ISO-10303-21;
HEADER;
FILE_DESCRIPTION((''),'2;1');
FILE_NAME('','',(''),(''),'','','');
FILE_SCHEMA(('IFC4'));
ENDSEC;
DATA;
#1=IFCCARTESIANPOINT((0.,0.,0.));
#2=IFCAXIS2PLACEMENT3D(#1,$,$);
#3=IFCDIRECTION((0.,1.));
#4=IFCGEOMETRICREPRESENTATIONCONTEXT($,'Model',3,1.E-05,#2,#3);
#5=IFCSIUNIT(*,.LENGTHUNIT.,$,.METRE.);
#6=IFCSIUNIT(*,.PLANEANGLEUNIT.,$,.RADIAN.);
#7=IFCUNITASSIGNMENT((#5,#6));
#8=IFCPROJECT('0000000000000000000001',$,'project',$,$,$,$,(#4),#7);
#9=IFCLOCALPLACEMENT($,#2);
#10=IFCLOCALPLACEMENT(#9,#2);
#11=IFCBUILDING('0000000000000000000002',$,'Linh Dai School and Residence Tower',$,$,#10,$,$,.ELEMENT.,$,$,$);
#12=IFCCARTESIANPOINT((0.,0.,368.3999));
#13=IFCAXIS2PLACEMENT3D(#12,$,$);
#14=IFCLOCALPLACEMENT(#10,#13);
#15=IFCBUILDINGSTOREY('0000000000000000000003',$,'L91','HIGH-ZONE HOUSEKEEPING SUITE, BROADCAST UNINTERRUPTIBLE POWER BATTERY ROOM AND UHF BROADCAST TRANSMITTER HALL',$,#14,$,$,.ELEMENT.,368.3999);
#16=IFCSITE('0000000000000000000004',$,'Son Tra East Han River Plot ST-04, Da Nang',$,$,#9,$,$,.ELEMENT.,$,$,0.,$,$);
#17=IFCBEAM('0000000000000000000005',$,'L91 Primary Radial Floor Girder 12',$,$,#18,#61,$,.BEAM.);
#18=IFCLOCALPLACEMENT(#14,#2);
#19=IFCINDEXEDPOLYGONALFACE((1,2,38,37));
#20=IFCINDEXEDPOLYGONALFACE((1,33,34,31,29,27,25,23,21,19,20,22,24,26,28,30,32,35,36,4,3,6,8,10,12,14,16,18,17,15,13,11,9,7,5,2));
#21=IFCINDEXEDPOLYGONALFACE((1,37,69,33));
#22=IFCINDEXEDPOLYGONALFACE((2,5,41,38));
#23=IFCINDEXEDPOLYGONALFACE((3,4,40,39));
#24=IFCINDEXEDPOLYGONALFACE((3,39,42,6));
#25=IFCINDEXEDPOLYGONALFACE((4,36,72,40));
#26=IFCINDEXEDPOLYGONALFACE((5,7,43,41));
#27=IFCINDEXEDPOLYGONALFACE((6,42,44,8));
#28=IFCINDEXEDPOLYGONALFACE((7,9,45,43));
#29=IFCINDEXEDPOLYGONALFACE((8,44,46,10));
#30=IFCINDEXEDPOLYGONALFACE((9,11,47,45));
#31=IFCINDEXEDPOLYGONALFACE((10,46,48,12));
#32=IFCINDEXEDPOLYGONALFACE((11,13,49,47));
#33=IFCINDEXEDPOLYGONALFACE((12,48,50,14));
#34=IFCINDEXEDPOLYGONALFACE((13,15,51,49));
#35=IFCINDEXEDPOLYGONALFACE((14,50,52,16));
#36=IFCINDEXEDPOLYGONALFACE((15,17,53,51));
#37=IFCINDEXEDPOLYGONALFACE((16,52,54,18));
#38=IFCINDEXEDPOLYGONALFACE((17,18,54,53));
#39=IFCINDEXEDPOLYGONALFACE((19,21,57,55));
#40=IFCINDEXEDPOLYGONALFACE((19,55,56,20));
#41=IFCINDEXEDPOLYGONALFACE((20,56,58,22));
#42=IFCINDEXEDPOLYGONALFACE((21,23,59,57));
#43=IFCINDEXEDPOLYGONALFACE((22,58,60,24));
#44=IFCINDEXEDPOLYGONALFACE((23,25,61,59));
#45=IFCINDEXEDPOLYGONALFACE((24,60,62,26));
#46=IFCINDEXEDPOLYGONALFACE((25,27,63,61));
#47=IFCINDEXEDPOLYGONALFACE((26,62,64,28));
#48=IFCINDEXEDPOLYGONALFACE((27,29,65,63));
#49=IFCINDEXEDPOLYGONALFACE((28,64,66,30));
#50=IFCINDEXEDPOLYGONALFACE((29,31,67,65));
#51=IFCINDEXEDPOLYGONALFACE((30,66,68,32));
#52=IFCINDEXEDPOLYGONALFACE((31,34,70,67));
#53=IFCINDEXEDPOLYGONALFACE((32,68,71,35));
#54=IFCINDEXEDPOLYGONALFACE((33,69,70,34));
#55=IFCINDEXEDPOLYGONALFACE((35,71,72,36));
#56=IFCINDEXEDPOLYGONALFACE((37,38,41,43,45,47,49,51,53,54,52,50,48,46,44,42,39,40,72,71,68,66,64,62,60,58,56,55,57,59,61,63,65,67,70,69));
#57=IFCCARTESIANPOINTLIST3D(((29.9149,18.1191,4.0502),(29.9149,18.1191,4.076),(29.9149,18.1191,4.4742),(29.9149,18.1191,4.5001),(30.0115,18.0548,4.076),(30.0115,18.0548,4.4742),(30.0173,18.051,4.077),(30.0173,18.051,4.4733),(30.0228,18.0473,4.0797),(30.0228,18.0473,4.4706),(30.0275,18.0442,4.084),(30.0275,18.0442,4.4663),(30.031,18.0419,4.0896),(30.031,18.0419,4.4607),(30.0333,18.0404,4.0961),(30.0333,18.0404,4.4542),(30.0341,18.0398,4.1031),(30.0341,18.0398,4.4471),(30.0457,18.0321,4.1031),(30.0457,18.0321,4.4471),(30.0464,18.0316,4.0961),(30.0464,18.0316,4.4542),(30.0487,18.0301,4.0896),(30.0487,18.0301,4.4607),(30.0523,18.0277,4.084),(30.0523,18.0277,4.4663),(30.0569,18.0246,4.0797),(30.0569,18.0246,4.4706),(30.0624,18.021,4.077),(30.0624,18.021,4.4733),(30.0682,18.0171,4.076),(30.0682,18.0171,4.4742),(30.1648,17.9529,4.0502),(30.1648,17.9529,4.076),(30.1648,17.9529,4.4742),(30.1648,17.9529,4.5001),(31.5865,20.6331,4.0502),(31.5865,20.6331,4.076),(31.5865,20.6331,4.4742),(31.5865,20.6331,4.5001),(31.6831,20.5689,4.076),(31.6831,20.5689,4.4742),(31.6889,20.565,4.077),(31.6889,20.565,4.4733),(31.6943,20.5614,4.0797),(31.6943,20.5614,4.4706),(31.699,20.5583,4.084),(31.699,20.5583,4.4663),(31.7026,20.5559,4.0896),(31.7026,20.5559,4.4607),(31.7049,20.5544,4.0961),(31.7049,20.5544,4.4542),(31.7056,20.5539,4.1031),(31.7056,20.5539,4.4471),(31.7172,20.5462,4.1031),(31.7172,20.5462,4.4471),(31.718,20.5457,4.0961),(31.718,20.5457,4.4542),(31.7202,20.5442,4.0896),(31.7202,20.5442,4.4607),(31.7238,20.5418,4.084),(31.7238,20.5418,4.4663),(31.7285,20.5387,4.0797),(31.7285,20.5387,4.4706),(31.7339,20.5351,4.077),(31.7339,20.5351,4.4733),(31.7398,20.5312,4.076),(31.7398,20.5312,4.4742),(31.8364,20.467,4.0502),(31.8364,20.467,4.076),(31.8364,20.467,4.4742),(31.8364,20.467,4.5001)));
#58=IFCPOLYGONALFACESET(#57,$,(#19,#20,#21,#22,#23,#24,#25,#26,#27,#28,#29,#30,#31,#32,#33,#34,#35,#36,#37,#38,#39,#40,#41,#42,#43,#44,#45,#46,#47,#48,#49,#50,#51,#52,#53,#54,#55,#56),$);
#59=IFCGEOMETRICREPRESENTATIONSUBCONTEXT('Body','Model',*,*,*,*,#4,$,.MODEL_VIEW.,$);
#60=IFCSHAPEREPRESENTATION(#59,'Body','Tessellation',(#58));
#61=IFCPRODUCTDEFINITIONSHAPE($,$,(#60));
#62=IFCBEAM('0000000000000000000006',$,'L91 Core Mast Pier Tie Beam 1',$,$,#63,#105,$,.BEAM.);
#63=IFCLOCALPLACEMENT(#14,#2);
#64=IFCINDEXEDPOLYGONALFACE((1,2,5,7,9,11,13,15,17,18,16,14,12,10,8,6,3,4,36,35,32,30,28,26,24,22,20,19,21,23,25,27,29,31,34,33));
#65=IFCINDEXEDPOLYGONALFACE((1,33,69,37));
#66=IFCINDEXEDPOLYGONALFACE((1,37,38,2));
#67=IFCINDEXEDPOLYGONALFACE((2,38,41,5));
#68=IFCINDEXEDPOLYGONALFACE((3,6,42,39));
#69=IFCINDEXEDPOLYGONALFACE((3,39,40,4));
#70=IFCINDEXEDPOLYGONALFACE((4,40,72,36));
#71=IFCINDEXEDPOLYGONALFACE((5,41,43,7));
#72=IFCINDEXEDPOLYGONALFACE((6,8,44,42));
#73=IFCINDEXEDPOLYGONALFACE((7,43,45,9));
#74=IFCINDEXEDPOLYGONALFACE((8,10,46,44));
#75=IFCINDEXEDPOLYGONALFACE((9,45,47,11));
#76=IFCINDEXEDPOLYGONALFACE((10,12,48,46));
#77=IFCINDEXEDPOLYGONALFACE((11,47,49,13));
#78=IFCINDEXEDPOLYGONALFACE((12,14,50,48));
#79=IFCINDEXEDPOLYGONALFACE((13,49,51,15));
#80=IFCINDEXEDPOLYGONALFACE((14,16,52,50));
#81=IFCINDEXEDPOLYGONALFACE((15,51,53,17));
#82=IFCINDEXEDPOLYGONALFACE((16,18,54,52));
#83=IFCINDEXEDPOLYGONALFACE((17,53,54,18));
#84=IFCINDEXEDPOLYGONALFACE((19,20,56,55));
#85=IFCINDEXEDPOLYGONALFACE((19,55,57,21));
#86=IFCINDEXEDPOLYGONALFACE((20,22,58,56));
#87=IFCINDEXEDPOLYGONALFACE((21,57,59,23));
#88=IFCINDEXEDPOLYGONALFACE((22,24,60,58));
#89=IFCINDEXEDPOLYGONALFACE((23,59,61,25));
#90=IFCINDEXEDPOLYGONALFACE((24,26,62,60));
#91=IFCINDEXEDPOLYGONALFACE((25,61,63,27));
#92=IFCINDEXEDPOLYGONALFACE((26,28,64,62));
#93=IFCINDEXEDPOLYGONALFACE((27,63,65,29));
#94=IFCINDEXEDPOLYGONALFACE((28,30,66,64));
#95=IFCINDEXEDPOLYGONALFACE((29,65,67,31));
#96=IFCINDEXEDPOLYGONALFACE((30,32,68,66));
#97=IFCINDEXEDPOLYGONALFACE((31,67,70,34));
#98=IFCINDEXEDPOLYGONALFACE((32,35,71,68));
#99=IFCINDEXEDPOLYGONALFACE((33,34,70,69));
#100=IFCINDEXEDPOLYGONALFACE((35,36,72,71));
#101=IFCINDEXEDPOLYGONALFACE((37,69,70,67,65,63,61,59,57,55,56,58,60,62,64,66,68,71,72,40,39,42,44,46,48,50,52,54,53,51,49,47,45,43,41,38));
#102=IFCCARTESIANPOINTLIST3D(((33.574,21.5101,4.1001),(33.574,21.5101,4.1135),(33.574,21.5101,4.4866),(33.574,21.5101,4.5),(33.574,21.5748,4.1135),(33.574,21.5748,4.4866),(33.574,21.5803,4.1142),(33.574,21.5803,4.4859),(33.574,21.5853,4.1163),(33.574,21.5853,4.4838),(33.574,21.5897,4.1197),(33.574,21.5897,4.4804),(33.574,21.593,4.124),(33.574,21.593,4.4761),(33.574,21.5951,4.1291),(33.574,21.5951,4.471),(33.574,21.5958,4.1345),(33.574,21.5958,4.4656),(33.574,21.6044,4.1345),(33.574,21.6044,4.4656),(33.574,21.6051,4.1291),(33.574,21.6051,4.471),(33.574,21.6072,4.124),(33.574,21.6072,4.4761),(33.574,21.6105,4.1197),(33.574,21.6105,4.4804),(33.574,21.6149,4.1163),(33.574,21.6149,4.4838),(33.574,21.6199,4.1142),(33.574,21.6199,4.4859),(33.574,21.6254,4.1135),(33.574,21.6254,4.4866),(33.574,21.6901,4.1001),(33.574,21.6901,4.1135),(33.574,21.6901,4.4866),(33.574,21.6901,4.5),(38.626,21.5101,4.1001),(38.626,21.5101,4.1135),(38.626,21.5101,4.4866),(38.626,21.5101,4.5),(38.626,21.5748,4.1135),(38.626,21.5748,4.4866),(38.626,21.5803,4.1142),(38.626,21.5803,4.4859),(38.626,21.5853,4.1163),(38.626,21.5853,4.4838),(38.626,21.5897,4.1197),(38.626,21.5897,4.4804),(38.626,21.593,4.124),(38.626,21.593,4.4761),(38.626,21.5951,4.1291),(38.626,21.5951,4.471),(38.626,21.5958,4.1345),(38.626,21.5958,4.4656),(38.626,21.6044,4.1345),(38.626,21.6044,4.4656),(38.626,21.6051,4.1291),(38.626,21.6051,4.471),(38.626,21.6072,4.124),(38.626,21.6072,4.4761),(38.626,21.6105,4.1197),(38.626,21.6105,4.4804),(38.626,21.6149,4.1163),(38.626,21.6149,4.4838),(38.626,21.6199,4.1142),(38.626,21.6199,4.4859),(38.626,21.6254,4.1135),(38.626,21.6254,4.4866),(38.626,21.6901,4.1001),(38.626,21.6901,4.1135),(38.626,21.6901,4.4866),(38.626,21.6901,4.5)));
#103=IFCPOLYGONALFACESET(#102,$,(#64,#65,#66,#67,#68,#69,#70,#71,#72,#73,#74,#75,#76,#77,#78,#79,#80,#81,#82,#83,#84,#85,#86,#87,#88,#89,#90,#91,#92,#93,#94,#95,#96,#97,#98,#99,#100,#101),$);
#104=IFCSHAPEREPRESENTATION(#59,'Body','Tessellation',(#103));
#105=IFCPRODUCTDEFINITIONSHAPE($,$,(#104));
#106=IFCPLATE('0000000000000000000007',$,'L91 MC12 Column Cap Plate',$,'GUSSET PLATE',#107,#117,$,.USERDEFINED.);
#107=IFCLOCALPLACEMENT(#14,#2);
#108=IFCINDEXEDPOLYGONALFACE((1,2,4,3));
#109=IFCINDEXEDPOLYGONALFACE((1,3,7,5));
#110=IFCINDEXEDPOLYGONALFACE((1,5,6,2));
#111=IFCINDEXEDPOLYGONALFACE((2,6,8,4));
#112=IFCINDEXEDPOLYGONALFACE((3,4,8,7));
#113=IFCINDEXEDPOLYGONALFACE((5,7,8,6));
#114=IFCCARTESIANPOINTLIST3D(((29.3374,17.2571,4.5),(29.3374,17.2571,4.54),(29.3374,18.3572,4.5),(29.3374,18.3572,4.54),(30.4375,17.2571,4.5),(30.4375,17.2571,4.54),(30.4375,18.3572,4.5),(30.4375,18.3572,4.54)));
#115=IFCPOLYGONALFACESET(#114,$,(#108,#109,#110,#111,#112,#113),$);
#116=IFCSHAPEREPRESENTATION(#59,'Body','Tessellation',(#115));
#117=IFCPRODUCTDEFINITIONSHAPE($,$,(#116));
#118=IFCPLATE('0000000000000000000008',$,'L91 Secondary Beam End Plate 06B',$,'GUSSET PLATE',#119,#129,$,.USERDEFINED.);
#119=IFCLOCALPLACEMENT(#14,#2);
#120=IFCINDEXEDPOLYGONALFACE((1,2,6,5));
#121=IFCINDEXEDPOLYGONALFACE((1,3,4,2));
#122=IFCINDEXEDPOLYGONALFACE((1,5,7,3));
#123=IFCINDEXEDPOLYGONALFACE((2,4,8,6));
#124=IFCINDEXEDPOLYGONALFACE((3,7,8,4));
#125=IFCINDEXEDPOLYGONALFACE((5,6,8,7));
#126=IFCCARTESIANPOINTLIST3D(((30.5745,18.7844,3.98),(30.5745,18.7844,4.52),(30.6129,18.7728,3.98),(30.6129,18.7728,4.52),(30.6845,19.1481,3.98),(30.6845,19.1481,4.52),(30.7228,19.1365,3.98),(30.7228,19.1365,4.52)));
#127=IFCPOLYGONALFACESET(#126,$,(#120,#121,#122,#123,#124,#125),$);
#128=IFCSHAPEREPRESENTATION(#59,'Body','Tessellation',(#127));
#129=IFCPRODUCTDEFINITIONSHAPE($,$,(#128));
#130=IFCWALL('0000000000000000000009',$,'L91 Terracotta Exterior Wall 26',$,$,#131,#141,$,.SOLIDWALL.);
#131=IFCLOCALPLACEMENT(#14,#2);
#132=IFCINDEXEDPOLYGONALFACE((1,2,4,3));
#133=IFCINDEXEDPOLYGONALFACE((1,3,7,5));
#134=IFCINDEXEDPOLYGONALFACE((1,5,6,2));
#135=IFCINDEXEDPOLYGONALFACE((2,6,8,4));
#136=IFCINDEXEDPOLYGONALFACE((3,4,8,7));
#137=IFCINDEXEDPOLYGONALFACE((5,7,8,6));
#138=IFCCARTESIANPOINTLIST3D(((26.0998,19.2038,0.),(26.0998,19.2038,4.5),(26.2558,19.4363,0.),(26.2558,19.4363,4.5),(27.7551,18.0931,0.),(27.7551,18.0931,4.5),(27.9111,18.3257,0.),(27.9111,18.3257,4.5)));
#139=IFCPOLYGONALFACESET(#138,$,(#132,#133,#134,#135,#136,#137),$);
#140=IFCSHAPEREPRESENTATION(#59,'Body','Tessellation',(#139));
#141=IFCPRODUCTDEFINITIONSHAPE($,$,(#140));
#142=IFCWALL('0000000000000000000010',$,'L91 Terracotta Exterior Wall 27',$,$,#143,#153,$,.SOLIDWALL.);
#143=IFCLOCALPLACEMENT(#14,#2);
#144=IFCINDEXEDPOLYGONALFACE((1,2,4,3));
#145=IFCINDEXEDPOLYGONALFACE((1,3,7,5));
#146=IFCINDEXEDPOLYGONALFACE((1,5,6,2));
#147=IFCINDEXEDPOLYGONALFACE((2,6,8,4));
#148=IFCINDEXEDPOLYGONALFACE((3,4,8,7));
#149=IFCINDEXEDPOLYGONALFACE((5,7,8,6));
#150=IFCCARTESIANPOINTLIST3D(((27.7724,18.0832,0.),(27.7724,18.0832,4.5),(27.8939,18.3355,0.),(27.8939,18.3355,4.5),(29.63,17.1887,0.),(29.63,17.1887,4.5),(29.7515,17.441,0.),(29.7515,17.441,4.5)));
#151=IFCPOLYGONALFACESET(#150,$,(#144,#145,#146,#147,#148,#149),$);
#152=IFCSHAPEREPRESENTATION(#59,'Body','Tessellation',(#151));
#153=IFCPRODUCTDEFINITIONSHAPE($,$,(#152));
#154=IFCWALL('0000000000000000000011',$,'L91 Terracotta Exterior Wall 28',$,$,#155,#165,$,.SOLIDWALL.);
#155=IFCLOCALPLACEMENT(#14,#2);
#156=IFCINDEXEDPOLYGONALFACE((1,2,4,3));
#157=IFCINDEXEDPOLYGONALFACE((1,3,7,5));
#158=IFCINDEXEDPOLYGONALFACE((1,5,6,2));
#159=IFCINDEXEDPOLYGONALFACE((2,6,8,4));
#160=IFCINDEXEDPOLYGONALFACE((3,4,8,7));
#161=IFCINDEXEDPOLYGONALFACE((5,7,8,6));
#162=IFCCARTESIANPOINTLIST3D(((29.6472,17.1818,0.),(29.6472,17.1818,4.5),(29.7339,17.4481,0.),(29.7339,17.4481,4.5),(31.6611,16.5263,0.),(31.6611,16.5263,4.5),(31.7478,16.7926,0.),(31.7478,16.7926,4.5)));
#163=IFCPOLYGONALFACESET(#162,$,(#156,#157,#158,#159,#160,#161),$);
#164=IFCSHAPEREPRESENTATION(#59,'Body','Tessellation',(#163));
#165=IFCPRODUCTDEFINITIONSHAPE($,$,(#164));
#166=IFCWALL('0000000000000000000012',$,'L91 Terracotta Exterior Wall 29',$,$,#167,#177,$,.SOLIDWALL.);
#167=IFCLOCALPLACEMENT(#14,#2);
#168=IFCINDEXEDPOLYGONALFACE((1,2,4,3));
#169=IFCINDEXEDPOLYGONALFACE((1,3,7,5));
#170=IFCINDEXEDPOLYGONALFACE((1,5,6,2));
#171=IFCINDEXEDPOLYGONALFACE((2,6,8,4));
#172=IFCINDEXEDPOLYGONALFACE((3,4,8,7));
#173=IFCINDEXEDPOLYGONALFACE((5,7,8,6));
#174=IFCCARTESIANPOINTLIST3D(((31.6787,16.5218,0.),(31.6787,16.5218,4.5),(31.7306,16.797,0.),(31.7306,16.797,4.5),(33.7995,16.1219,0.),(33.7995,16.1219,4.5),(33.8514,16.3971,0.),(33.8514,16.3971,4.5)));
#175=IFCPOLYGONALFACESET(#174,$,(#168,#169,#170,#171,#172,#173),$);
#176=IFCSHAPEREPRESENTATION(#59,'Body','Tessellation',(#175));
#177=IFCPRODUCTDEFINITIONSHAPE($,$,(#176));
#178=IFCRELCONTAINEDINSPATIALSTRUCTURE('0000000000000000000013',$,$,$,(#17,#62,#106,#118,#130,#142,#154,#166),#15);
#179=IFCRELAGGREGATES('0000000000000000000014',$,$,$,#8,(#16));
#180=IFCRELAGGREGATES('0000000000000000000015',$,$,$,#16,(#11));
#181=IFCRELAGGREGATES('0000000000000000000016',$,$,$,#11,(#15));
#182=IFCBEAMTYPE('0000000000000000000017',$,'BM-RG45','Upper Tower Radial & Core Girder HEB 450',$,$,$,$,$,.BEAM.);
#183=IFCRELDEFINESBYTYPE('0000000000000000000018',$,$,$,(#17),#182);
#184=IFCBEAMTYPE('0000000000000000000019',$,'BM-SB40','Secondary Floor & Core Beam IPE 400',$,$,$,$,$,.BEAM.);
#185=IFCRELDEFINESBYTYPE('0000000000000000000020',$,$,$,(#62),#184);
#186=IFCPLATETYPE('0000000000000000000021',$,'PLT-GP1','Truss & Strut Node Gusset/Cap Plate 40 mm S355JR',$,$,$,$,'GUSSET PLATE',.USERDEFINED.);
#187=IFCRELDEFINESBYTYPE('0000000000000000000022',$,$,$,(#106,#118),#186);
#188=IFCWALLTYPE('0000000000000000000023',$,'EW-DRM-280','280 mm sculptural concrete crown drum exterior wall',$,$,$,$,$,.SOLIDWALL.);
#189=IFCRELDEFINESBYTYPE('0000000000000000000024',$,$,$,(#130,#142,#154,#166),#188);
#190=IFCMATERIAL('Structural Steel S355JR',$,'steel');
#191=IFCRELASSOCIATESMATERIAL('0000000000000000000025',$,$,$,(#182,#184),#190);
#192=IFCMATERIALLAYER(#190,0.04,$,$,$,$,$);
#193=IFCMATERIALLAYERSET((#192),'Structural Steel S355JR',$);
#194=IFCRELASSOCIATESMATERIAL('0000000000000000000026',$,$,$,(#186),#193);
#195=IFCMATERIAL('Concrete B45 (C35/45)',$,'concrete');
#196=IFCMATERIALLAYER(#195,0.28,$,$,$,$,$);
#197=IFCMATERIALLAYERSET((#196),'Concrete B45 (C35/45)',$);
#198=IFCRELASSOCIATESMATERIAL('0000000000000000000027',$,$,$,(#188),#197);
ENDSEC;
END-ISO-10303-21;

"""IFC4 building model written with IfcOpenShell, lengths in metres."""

from ifc_helpers import new_model, si_unit, direction, frame, frame_2d, origin, origin_2d, place, context, subcontext, project, spatial, rectangle, i_section, extrude, source, transform, mapped, material, layer, layer_set, material_profile, profile_set, type_object, element, save


model = new_model("IFC4")

# Units and contexts
model_context = context("Model", 3, precision=1e-05, world=origin(), true_north=direction((0.0, 1.0)))
body_context = subcontext(model_context, "Body", "Model", "MODEL_VIEW")
ifc_project = project(units=[si_unit("LENGTHUNIT", "METRE"), si_unit("PLANEANGLEUNIT", "RADIAN")], contexts=[model_context])

# Site, building, storey
site_placement = place(None, origin())
site = spatial("IfcSite", under=ifc_project, at=site_placement, Name="Son Tra East Han River Plot ST-04, Da Nang", CompositionType="ELEMENT", RefElevation=0.0)
building_placement = place(site_placement, origin())
building = spatial("IfcBuilding", under=site, at=building_placement, Name="Linh Dai School and Residence Tower", CompositionType="ELEMENT")
storey_placement = place(building_placement, frame((0.0, 0.0, 368.3999)))
storey = spatial("IfcBuildingStorey", under=building, at=storey_placement, Name="L91", Description="HIGH-ZONE HOUSEKEEPING SUITE, BROADCAST UNINTERRUPTIBLE POWER BATTERY ROOM AND UHF BROADCAST TRANSMITTER HALL", CompositionType="ELEMENT", Elevation=368.3999)

# Shared definitions
ifc_material_1 = material(Name="Structural Steel S355JR", Category="steel")

# Beams
ifc_material_profile_1 = material_profile(ifc_material_1, i_section(OverallWidth=0.3, OverallDepth=0.45, WebThickness=0.0139, FlangeThickness=0.0259, FilletRadius=0.0271, at=origin_2d()), Name="HEB 450")
ifc_profile_set_1 = profile_set([ifc_material_profile_1], Name="Structural Steel S355JR")
beam_type_1 = type_object("IfcBeamType", Name="BM-RG45", Description="Upper Tower Radial & Core Girder HEB 450", PredefinedType="BEAM", material=ifc_profile_set_1)
beam_1_placement = place(storey_placement, frame((31.7114, 20.55, 4.2751), z_axis=(-0.553673, -0.832734, 0.0), x_axis=(0.832734, -0.553673, 0.0)))
element("IfcBeam", 1, at=beam_1_placement, inside=storey, type_object=beam_type_1, Name="L91 Primary Radial Floor Girder 12", PredefinedType="BEAM", context=body_context, shape_type="SweptSolid", body=[
    extrude(i_section(OverallWidth=0.3, OverallDepth=0.45, WebThickness=0.0139, FlangeThickness=0.0259, FilletRadius=0.0271, at=origin_2d()), origin(), (0.0, 0.0, 1.0), 3.019),
])
ifc_material_profile_2 = material_profile(ifc_material_1, i_section(OverallWidth=0.1799, OverallDepth=0.3999, WebThickness=0.0085, FlangeThickness=0.0134, FilletRadius=0.021, at=origin_2d()), Name="IPE 400")
ifc_profile_set_2 = profile_set([ifc_material_profile_2], Name="Structural Steel S355JR")
beam_type_2 = type_object("IfcBeamType", Name="BM-SB40", Description="Secondary Floor & Core Beam IPE 400", PredefinedType="BEAM", material=ifc_profile_set_2)
beam_2_placement = place(storey_placement, frame((33.574, 21.6001, 4.3), z_axis=(1.0, 0.0, 0.0), x_axis=(0.0, 1.0, 0.0)))
element("IfcBeam", 2, at=beam_2_placement, inside=storey, type_object=beam_type_2, Name="L91 Core Mast Pier Tie Beam 1", PredefinedType="BEAM", context=body_context, shape_type="SweptSolid", body=[
    extrude(i_section(OverallWidth=0.1799, OverallDepth=0.3999, WebThickness=0.0085, FlangeThickness=0.0134, FilletRadius=0.021, at=origin_2d()), origin(), (0.0, 0.0, 1.0), 5.052),
])

# Plates
ifc_layer_1 = layer(ifc_material_1, 0.04)
ifc_layer_set_1 = layer_set([ifc_layer_1], Name="Structural Steel S355JR")
plate_type = type_object("IfcPlateType", Name="PLT-GP1", Description="Truss & Strut Node Gusset/Cap Plate 40 mm S355JR", ElementType="GUSSET PLATE", PredefinedType="USERDEFINED", material=ifc_layer_set_1)
shared_shape_1 = source(origin(), body_context, "Body", "SweptSolid", [
    extrude(rectangle(XDim=1.1001, YDim=1.1001, at=origin_2d()), origin(), (0.0, 0.0, 1.0), 0.04),
])
plate_1_placement = place(storey_placement, frame((29.8875, 17.8071, 4.5), z_axis=(0.0, 0.0, 1.0), x_axis=(1.0, 0.0, 0.0)))
element("IfcPlate", 3, at=plate_1_placement, inside=storey, type_object=plate_type, Name="L91 MC12 Column Cap Plate", ObjectType="GUSSET PLATE", PredefinedType="USERDEFINED", context=body_context, shape_type="MappedRepresentation", body=[
    mapped(shared_shape_1, transform((0.0, 0.0, 0.0), x_axis=(1.0, 0.0, 0.0), y_axis=(0.0, 1.0, 0.0), z_axis=(0.0, 0.0, 1.0), scale=1.0)),
])
shared_shape_2 = source(origin(), body_context, "Body", "SweptSolid", [
    extrude(rectangle(XDim=0.04, YDim=0.3799, at=origin_2d()), origin(), (0.0, 0.0, 1.0), 0.54),
])
plate_2_placement = place(storey_placement, frame((30.6487, 18.9604, 3.98), z_axis=(0.0, 0.0, 1.0), x_axis=(0.957203, -0.289419, 0.0)))
element("IfcPlate", 4, at=plate_2_placement, inside=storey, type_object=plate_type, Name="L91 Secondary Beam End Plate 06B", ObjectType="GUSSET PLATE", PredefinedType="USERDEFINED", context=body_context, shape_type="MappedRepresentation", body=[
    mapped(shared_shape_2, transform((0.0, 0.0, 0.0), x_axis=(1.0, 0.0, 0.0), y_axis=(0.0, 1.0, 0.0), z_axis=(0.0, 0.0, 1.0), scale=1.0)),
])

# Walls
ifc_material_2 = material(Name="Concrete B45 (C35/45)", Category="concrete")
ifc_layer_2 = layer(ifc_material_2, 0.28)
ifc_layer_set_2 = layer_set([ifc_layer_2], Name="Concrete B45 (C35/45)")
wall_type_1 = type_object("IfcWallType", Name="EW-DRM-280", Description="280 mm sculptural concrete crown drum exterior wall", PredefinedType="SOLIDWALL", material=ifc_layer_set_2)
wall_1_placement = place(storey_placement, frame((27.833, 18.2095, 0.0), z_axis=(0.0, 0.0, 1.0), x_axis=(-0.830407, 0.557157, 0.0)))
element("IfcWall", 5, at=wall_1_placement, inside=storey, type_object=wall_type_1, Name="L91 Terracotta Exterior Wall 26", PredefinedType="SOLIDWALL", context=body_context, shape_type="SweptSolid", body=[
    extrude(rectangle(XDim=1.9934, YDim=0.28, at=frame_2d((0.9966, 0.0))), origin(), (0.0, 0.0, 1.0), 4.5),
])
wall_2_placement = place(storey_placement, frame((29.6907, 17.3149, 0.0), z_axis=(0.0, 0.0, 1.0), x_axis=(-0.900983, 0.433855, 0.0)))
element("IfcWall", 6, at=wall_2_placement, inside=storey, type_object=wall_type_1, Name="L91 Terracotta Exterior Wall 27", PredefinedType="SOLIDWALL", context=body_context, shape_type="SweptSolid", body=[
    extrude(rectangle(XDim=2.0618, YDim=0.28, at=frame_2d((1.0308, 0.0))), origin(), (0.0, 0.0, 1.0), 4.5),
])
wall_3_placement = place(storey_placement, frame((31.7046, 16.6594, 0.0), z_axis=(0.0, 0.0, 1.0), x_axis=(-0.950896, 0.309511, 0.0)))
element("IfcWall", 7, at=wall_3_placement, inside=storey, type_object=wall_type_1, Name="L91 Terracotta Exterior Wall 28", PredefinedType="SOLIDWALL", context=body_context, shape_type="SweptSolid", body=[
    extrude(rectangle(XDim=2.1179, YDim=0.28, at=frame_2d((1.0591, 0.0))), origin(), (0.0, 0.0, 1.0), 4.5),
])
wall_4_placement = place(storey_placement, frame((33.8254, 16.2595, 0.0), z_axis=(0.0, 0.0, 1.0), x_axis=(-0.982683, 0.185292, 0.0)))
element("IfcWall", 8, at=wall_4_placement, inside=storey, type_object=wall_type_1, Name="L91 Terracotta Exterior Wall 29", PredefinedType="SOLIDWALL", context=body_context, shape_type="SweptSolid", body=[
    extrude(rectangle(XDim=2.1582, YDim=0.28, at=frame_2d((1.0791, 0.0))), origin(), (0.0, 0.0, 1.0), 4.5),
])

save(model, "model.ifc")
